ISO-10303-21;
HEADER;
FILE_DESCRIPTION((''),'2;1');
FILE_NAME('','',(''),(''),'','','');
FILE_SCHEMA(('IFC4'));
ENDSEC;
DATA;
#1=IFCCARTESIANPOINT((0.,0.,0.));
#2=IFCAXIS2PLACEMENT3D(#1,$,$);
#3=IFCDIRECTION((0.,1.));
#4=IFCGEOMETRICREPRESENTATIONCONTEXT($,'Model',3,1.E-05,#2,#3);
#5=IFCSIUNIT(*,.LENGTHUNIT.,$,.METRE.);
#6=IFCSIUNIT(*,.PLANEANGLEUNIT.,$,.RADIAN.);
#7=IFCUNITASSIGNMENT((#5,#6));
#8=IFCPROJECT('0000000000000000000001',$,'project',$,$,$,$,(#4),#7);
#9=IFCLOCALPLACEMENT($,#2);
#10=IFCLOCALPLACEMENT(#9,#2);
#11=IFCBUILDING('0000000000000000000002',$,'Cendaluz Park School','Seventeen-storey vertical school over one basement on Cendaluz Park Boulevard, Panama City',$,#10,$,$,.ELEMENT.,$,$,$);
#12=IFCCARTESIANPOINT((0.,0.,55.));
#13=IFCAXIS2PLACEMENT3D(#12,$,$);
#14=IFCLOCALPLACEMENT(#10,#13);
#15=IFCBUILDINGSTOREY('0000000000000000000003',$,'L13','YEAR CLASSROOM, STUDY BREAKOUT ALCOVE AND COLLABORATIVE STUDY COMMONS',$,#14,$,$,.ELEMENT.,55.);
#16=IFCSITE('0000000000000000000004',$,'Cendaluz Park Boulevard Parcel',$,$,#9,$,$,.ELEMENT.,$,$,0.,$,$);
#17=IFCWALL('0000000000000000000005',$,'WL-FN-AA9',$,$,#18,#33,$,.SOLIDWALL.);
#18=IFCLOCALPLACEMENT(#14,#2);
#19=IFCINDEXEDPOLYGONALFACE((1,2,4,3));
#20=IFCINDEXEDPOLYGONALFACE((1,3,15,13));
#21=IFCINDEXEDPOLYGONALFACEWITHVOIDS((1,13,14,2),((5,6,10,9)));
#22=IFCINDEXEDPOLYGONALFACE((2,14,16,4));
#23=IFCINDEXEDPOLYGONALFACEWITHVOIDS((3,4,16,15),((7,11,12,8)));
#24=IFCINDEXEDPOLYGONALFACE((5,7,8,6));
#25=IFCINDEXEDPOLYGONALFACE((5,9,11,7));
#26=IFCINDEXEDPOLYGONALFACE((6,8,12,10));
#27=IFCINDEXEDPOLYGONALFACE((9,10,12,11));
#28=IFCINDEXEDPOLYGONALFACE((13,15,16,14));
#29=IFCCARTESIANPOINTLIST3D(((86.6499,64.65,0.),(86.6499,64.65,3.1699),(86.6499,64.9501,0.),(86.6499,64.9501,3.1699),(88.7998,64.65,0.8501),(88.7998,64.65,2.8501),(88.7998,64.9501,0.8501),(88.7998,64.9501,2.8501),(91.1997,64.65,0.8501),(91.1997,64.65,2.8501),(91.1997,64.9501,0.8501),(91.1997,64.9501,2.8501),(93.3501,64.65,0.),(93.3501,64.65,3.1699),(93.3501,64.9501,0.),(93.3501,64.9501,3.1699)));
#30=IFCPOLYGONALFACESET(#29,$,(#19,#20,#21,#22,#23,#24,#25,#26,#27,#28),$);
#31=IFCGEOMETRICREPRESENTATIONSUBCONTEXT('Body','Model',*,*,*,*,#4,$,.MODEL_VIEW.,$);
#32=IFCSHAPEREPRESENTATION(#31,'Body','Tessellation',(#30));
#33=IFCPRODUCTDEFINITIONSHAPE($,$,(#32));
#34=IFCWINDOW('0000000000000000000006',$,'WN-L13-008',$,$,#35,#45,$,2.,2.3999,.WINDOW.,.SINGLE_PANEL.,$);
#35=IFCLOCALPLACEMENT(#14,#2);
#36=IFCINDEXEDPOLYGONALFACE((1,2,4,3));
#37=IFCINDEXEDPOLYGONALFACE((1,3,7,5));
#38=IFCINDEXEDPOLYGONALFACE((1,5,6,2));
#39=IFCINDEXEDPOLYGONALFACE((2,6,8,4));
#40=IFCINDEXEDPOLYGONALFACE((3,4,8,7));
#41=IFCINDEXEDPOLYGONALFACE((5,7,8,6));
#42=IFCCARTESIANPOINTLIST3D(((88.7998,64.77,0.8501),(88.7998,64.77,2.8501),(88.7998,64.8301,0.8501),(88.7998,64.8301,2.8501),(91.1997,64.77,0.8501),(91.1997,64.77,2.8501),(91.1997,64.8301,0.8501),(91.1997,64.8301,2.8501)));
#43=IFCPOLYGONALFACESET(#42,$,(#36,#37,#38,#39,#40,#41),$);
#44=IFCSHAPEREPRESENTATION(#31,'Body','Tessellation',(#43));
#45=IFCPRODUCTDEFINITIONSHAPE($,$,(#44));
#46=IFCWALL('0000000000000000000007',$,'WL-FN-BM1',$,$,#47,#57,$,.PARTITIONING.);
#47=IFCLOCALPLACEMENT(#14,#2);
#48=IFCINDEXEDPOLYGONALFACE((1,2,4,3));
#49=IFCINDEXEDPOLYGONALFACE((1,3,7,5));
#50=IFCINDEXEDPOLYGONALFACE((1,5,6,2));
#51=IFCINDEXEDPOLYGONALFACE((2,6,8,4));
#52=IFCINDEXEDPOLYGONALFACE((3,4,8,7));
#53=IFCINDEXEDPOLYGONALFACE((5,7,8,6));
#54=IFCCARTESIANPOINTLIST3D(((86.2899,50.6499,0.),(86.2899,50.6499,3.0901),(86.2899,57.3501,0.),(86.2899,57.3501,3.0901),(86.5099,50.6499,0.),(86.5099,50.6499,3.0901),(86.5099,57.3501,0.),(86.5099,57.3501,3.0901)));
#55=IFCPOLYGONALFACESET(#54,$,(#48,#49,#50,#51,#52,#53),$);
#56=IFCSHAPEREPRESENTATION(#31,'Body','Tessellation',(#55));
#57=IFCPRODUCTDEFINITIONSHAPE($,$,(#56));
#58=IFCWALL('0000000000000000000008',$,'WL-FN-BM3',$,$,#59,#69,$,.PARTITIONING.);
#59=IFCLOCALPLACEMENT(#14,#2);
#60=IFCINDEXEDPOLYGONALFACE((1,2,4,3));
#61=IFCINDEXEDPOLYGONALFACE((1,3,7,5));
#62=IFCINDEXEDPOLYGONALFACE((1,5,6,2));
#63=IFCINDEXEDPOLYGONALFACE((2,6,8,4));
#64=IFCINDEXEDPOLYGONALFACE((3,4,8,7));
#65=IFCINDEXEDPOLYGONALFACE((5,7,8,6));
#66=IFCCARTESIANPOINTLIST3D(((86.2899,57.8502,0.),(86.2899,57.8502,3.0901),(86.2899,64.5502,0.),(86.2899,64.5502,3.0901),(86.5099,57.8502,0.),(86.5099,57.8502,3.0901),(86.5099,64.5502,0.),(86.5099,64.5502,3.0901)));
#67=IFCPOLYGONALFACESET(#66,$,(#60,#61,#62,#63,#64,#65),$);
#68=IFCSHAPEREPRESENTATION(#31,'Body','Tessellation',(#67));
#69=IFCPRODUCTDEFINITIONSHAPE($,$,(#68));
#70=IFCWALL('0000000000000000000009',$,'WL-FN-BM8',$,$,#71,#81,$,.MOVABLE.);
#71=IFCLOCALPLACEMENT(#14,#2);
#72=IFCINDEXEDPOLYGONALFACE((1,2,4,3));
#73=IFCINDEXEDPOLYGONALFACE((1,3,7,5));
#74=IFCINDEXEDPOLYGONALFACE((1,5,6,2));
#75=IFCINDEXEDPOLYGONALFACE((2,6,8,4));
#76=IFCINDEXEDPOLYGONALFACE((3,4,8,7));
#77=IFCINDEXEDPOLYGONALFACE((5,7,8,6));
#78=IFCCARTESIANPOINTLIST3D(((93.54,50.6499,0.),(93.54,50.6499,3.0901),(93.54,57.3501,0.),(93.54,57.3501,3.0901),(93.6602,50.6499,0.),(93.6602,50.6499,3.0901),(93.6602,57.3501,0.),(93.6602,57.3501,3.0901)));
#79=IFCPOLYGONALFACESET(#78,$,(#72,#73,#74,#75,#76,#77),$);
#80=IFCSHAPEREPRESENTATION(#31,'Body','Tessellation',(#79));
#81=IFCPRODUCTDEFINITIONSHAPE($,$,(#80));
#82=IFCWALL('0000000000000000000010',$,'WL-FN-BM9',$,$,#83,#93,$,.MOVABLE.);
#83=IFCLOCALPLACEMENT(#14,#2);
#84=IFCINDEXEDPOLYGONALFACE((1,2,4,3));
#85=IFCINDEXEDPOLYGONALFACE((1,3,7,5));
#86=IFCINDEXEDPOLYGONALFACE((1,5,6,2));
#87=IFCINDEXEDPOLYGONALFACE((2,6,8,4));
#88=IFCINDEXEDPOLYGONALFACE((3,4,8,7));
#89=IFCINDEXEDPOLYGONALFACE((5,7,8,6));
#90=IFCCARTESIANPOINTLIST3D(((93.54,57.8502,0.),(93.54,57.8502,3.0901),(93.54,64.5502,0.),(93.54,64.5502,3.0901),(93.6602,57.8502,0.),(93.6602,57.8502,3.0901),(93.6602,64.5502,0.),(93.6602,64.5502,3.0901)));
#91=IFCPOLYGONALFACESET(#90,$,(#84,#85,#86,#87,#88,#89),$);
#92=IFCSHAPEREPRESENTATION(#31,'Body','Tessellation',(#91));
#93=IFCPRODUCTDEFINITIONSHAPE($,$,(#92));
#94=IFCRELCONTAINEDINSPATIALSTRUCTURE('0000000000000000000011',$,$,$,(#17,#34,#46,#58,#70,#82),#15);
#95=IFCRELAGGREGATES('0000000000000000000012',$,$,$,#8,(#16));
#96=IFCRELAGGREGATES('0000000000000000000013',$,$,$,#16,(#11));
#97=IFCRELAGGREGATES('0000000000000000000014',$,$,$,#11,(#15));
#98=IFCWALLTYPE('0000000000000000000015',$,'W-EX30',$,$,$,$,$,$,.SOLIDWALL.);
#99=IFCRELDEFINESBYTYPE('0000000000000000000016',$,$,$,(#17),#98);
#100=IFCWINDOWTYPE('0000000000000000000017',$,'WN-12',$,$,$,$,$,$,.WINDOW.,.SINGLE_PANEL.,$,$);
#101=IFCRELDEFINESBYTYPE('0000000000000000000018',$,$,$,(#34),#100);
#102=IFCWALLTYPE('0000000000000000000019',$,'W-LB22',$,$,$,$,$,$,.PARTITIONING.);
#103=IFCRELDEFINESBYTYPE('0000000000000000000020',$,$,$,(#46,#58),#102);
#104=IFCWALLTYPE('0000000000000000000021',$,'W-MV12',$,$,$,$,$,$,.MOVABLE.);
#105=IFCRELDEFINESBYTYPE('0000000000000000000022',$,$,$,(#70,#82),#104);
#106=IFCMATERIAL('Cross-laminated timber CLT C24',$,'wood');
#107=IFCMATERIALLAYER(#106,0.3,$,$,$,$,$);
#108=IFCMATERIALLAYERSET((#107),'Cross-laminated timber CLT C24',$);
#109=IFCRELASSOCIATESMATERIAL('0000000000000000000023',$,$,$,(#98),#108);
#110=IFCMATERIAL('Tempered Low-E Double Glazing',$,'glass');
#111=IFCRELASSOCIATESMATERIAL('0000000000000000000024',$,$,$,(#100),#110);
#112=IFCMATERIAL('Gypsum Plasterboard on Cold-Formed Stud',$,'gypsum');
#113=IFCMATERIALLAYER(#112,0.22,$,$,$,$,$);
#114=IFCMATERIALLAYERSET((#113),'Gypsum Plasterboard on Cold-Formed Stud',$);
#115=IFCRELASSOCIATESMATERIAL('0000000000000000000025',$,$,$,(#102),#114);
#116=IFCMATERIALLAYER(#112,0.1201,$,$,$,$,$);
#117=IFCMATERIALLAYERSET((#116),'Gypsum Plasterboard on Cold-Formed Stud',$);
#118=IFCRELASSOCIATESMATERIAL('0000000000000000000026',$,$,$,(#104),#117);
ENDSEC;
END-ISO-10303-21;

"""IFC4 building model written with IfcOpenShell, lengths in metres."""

from ifc_helpers import new_model, si_unit, direction, frame, frame_2d, origin, place, context, subcontext, project, spatial, rectangle, extrude, material, layer, layer_set, type_object, element, fill, save


model = new_model("IFC4")

# Units and contexts
model_context = context("Model", 3, precision=1e-05, world=origin(), true_north=direction((0.0, 1.0)))
body_context = subcontext(model_context, "Body", "Model", "MODEL_VIEW")
ifc_project = project(units=[si_unit("LENGTHUNIT", "METRE"), si_unit("PLANEANGLEUNIT", "RADIAN")], contexts=[model_context])

# Site, building, storey
site_placement = place(None, origin())
site = spatial("IfcSite", under=ifc_project, at=site_placement, Name="Cendaluz Park Boulevard Parcel", CompositionType="ELEMENT", RefElevation=0.0)
building_placement = place(site_placement, origin())
building = spatial("IfcBuilding", under=site, at=building_placement, Name="Cendaluz Park School", Description="Seventeen-storey vertical school over one basement on Cendaluz Park Boulevard, Panama City", CompositionType="ELEMENT")
storey_placement = place(building_placement, frame((0.0, 0.0, 55.0)))
storey = spatial("IfcBuildingStorey", under=building, at=storey_placement, Name="L13", Description="YEAR CLASSROOM, STUDY BREAKOUT ALCOVE AND COLLABORATIVE STUDY COMMONS", CompositionType="ELEMENT", Elevation=55.0)

# Wall, opening, window
ifc_material_1 = material(Name="Cross-laminated timber CLT C24", Category="wood")
ifc_layer_1 = layer(ifc_material_1, 0.3)
ifc_layer_set_1 = layer_set([ifc_layer_1], Name="Cross-laminated timber CLT C24")
wall_type_1 = type_object("IfcWallType", Name="W-EX30", PredefinedType="SOLIDWALL", material=ifc_layer_set_1)
wall_1_placement = place(storey_placement, frame((86.6499, 64.8, 0.0), z_axis=(0.0, 0.0, 1.0), x_axis=(1.0, 0.0, 0.0)))
wall_1 = element("IfcWall", 1, at=wall_1_placement, inside=storey, type_object=wall_type_1, Name="WL-FN-AA9", PredefinedType="SOLIDWALL", context=body_context, shape_type="SweptSolid", body=[
    extrude(rectangle(XDim=6.7002, YDim=0.3, at=frame_2d((3.3501, 0.0))), origin(), (0.0, 0.0, 1.0), 3.1699),
])
opening_placement = place(wall_1_placement, frame((2.1499, 0.0, 0.8501)))
opening = element("IfcOpeningElement", 2, at=opening_placement, cuts=wall_1, PredefinedType="OPENING", context=body_context, shape_type="SweptSolid", body=[
    extrude(rectangle(XDim=2.3999, YDim=2.0, at=frame_2d((1.2, 1.0))), frame((0.0, 0.1621, 0.0), z_axis=(0.0, -1.0, 0.0), x_axis=(1.0, 0.0, 0.0)), (0.0, 0.0, 1.0), 0.324),
])
ifc_material_2 = material(Name="Tempered Low-E Double Glazing", Category="glass")
window_type = type_object("IfcWindowType", Name="WN-12", PartitioningType="SINGLE_PANEL", PredefinedType="WINDOW", material=ifc_material_2)
window_placement = place(opening_placement, origin())
window = element("IfcWindow", 3, at=window_placement, inside=storey, type_object=window_type, Name="WN-L13-008", OverallHeight=2.0, OverallWidth=2.3999, PartitioningType="SINGLE_PANEL", PredefinedType="WINDOW", context=body_context, shape_type="SweptSolid", body=[
    extrude(rectangle(XDim=2.3999, YDim=2.0, at=frame_2d((1.2, 1.0))), frame((0.0, 0.03, 0.0), z_axis=(0.0, -1.0, 0.0), x_axis=(1.0, 0.0, 0.0)), (0.0, 0.0, 1.0), 0.0601),
])
fill(opening, window)

# Walls
ifc_material_3 = material(Name="Gypsum Plasterboard on Cold-Formed Stud", Category="gypsum")
ifc_layer_2 = layer(ifc_material_3, 0.22)
ifc_layer_set_2 = layer_set([ifc_layer_2], Name="Gypsum Plasterboard on Cold-Formed Stud")
wall_type_2 = type_object("IfcWallType", Name="W-LB22", PredefinedType="PARTITIONING", material=ifc_layer_set_2)
wall_2_placement = place(storey_placement, frame((86.3999, 50.6499, 0.0), z_axis=(0.0, 0.0, 1.0), x_axis=(0.0, 1.0, 0.0)))
element("IfcWall", 4, at=wall_2_placement, inside=storey, type_object=wall_type_2, Name="WL-FN-BM1", PredefinedType="PARTITIONING", context=body_context, shape_type="SweptSolid", body=[
    extrude(rectangle(XDim=6.7002, YDim=0.22, at=frame_2d((3.3501, 0.0))), origin(), (0.0, 0.0, 1.0), 3.0901),
])
wall_3_placement = place(storey_placement, frame((86.3999, 57.8501, 0.0), z_axis=(0.0, 0.0, 1.0), x_axis=(0.0, 1.0, 0.0)))
element("IfcWall", 5, at=wall_3_placement, inside=storey, type_object=wall_type_2, Name="WL-FN-BM3", PredefinedType="PARTITIONING", context=body_context, shape_type="SweptSolid", body=[
    extrude(rectangle(XDim=6.7, YDim=0.22, at=frame_2d((3.3501, 0.0))), origin(), (0.0, 0.0, 1.0), 3.0901),
])
ifc_layer_3 = layer(ifc_material_3, 0.1201)
ifc_layer_set_3 = layer_set([ifc_layer_3], Name="Gypsum Plasterboard on Cold-Formed Stud")
wall_type_3 = type_object("IfcWallType", Name="W-MV12", PredefinedType="MOVABLE", material=ifc_layer_set_3)
wall_4_placement = place(storey_placement, frame((93.6001, 50.6499, 0.0), z_axis=(0.0, 0.0, 1.0), x_axis=(0.0, 1.0, 0.0)))
element("IfcWall", 6, at=wall_4_placement, inside=storey, type_object=wall_type_3, Name="WL-FN-BM8", PredefinedType="MOVABLE", context=body_context, shape_type="SweptSolid", body=[
    extrude(rectangle(XDim=6.7002, YDim=0.1201, at=frame_2d((3.3501, 0.0))), origin(), (0.0, 0.0, 1.0), 3.0901),
])
wall_5_placement = place(storey_placement, frame((93.6001, 57.8501, 0.0), z_axis=(0.0, 0.0, 1.0), x_axis=(0.0, 1.0, 0.0)))
element("IfcWall", 7, at=wall_5_placement, inside=storey, type_object=wall_type_3, Name="WL-FN-BM9", PredefinedType="MOVABLE", context=body_context, shape_type="SweptSolid", body=[
    extrude(rectangle(XDim=6.7, YDim=0.1201, at=frame_2d((3.3501, 0.0))), origin(), (0.0, 0.0, 1.0), 3.0901),
])

save(model, "model.ifc")
